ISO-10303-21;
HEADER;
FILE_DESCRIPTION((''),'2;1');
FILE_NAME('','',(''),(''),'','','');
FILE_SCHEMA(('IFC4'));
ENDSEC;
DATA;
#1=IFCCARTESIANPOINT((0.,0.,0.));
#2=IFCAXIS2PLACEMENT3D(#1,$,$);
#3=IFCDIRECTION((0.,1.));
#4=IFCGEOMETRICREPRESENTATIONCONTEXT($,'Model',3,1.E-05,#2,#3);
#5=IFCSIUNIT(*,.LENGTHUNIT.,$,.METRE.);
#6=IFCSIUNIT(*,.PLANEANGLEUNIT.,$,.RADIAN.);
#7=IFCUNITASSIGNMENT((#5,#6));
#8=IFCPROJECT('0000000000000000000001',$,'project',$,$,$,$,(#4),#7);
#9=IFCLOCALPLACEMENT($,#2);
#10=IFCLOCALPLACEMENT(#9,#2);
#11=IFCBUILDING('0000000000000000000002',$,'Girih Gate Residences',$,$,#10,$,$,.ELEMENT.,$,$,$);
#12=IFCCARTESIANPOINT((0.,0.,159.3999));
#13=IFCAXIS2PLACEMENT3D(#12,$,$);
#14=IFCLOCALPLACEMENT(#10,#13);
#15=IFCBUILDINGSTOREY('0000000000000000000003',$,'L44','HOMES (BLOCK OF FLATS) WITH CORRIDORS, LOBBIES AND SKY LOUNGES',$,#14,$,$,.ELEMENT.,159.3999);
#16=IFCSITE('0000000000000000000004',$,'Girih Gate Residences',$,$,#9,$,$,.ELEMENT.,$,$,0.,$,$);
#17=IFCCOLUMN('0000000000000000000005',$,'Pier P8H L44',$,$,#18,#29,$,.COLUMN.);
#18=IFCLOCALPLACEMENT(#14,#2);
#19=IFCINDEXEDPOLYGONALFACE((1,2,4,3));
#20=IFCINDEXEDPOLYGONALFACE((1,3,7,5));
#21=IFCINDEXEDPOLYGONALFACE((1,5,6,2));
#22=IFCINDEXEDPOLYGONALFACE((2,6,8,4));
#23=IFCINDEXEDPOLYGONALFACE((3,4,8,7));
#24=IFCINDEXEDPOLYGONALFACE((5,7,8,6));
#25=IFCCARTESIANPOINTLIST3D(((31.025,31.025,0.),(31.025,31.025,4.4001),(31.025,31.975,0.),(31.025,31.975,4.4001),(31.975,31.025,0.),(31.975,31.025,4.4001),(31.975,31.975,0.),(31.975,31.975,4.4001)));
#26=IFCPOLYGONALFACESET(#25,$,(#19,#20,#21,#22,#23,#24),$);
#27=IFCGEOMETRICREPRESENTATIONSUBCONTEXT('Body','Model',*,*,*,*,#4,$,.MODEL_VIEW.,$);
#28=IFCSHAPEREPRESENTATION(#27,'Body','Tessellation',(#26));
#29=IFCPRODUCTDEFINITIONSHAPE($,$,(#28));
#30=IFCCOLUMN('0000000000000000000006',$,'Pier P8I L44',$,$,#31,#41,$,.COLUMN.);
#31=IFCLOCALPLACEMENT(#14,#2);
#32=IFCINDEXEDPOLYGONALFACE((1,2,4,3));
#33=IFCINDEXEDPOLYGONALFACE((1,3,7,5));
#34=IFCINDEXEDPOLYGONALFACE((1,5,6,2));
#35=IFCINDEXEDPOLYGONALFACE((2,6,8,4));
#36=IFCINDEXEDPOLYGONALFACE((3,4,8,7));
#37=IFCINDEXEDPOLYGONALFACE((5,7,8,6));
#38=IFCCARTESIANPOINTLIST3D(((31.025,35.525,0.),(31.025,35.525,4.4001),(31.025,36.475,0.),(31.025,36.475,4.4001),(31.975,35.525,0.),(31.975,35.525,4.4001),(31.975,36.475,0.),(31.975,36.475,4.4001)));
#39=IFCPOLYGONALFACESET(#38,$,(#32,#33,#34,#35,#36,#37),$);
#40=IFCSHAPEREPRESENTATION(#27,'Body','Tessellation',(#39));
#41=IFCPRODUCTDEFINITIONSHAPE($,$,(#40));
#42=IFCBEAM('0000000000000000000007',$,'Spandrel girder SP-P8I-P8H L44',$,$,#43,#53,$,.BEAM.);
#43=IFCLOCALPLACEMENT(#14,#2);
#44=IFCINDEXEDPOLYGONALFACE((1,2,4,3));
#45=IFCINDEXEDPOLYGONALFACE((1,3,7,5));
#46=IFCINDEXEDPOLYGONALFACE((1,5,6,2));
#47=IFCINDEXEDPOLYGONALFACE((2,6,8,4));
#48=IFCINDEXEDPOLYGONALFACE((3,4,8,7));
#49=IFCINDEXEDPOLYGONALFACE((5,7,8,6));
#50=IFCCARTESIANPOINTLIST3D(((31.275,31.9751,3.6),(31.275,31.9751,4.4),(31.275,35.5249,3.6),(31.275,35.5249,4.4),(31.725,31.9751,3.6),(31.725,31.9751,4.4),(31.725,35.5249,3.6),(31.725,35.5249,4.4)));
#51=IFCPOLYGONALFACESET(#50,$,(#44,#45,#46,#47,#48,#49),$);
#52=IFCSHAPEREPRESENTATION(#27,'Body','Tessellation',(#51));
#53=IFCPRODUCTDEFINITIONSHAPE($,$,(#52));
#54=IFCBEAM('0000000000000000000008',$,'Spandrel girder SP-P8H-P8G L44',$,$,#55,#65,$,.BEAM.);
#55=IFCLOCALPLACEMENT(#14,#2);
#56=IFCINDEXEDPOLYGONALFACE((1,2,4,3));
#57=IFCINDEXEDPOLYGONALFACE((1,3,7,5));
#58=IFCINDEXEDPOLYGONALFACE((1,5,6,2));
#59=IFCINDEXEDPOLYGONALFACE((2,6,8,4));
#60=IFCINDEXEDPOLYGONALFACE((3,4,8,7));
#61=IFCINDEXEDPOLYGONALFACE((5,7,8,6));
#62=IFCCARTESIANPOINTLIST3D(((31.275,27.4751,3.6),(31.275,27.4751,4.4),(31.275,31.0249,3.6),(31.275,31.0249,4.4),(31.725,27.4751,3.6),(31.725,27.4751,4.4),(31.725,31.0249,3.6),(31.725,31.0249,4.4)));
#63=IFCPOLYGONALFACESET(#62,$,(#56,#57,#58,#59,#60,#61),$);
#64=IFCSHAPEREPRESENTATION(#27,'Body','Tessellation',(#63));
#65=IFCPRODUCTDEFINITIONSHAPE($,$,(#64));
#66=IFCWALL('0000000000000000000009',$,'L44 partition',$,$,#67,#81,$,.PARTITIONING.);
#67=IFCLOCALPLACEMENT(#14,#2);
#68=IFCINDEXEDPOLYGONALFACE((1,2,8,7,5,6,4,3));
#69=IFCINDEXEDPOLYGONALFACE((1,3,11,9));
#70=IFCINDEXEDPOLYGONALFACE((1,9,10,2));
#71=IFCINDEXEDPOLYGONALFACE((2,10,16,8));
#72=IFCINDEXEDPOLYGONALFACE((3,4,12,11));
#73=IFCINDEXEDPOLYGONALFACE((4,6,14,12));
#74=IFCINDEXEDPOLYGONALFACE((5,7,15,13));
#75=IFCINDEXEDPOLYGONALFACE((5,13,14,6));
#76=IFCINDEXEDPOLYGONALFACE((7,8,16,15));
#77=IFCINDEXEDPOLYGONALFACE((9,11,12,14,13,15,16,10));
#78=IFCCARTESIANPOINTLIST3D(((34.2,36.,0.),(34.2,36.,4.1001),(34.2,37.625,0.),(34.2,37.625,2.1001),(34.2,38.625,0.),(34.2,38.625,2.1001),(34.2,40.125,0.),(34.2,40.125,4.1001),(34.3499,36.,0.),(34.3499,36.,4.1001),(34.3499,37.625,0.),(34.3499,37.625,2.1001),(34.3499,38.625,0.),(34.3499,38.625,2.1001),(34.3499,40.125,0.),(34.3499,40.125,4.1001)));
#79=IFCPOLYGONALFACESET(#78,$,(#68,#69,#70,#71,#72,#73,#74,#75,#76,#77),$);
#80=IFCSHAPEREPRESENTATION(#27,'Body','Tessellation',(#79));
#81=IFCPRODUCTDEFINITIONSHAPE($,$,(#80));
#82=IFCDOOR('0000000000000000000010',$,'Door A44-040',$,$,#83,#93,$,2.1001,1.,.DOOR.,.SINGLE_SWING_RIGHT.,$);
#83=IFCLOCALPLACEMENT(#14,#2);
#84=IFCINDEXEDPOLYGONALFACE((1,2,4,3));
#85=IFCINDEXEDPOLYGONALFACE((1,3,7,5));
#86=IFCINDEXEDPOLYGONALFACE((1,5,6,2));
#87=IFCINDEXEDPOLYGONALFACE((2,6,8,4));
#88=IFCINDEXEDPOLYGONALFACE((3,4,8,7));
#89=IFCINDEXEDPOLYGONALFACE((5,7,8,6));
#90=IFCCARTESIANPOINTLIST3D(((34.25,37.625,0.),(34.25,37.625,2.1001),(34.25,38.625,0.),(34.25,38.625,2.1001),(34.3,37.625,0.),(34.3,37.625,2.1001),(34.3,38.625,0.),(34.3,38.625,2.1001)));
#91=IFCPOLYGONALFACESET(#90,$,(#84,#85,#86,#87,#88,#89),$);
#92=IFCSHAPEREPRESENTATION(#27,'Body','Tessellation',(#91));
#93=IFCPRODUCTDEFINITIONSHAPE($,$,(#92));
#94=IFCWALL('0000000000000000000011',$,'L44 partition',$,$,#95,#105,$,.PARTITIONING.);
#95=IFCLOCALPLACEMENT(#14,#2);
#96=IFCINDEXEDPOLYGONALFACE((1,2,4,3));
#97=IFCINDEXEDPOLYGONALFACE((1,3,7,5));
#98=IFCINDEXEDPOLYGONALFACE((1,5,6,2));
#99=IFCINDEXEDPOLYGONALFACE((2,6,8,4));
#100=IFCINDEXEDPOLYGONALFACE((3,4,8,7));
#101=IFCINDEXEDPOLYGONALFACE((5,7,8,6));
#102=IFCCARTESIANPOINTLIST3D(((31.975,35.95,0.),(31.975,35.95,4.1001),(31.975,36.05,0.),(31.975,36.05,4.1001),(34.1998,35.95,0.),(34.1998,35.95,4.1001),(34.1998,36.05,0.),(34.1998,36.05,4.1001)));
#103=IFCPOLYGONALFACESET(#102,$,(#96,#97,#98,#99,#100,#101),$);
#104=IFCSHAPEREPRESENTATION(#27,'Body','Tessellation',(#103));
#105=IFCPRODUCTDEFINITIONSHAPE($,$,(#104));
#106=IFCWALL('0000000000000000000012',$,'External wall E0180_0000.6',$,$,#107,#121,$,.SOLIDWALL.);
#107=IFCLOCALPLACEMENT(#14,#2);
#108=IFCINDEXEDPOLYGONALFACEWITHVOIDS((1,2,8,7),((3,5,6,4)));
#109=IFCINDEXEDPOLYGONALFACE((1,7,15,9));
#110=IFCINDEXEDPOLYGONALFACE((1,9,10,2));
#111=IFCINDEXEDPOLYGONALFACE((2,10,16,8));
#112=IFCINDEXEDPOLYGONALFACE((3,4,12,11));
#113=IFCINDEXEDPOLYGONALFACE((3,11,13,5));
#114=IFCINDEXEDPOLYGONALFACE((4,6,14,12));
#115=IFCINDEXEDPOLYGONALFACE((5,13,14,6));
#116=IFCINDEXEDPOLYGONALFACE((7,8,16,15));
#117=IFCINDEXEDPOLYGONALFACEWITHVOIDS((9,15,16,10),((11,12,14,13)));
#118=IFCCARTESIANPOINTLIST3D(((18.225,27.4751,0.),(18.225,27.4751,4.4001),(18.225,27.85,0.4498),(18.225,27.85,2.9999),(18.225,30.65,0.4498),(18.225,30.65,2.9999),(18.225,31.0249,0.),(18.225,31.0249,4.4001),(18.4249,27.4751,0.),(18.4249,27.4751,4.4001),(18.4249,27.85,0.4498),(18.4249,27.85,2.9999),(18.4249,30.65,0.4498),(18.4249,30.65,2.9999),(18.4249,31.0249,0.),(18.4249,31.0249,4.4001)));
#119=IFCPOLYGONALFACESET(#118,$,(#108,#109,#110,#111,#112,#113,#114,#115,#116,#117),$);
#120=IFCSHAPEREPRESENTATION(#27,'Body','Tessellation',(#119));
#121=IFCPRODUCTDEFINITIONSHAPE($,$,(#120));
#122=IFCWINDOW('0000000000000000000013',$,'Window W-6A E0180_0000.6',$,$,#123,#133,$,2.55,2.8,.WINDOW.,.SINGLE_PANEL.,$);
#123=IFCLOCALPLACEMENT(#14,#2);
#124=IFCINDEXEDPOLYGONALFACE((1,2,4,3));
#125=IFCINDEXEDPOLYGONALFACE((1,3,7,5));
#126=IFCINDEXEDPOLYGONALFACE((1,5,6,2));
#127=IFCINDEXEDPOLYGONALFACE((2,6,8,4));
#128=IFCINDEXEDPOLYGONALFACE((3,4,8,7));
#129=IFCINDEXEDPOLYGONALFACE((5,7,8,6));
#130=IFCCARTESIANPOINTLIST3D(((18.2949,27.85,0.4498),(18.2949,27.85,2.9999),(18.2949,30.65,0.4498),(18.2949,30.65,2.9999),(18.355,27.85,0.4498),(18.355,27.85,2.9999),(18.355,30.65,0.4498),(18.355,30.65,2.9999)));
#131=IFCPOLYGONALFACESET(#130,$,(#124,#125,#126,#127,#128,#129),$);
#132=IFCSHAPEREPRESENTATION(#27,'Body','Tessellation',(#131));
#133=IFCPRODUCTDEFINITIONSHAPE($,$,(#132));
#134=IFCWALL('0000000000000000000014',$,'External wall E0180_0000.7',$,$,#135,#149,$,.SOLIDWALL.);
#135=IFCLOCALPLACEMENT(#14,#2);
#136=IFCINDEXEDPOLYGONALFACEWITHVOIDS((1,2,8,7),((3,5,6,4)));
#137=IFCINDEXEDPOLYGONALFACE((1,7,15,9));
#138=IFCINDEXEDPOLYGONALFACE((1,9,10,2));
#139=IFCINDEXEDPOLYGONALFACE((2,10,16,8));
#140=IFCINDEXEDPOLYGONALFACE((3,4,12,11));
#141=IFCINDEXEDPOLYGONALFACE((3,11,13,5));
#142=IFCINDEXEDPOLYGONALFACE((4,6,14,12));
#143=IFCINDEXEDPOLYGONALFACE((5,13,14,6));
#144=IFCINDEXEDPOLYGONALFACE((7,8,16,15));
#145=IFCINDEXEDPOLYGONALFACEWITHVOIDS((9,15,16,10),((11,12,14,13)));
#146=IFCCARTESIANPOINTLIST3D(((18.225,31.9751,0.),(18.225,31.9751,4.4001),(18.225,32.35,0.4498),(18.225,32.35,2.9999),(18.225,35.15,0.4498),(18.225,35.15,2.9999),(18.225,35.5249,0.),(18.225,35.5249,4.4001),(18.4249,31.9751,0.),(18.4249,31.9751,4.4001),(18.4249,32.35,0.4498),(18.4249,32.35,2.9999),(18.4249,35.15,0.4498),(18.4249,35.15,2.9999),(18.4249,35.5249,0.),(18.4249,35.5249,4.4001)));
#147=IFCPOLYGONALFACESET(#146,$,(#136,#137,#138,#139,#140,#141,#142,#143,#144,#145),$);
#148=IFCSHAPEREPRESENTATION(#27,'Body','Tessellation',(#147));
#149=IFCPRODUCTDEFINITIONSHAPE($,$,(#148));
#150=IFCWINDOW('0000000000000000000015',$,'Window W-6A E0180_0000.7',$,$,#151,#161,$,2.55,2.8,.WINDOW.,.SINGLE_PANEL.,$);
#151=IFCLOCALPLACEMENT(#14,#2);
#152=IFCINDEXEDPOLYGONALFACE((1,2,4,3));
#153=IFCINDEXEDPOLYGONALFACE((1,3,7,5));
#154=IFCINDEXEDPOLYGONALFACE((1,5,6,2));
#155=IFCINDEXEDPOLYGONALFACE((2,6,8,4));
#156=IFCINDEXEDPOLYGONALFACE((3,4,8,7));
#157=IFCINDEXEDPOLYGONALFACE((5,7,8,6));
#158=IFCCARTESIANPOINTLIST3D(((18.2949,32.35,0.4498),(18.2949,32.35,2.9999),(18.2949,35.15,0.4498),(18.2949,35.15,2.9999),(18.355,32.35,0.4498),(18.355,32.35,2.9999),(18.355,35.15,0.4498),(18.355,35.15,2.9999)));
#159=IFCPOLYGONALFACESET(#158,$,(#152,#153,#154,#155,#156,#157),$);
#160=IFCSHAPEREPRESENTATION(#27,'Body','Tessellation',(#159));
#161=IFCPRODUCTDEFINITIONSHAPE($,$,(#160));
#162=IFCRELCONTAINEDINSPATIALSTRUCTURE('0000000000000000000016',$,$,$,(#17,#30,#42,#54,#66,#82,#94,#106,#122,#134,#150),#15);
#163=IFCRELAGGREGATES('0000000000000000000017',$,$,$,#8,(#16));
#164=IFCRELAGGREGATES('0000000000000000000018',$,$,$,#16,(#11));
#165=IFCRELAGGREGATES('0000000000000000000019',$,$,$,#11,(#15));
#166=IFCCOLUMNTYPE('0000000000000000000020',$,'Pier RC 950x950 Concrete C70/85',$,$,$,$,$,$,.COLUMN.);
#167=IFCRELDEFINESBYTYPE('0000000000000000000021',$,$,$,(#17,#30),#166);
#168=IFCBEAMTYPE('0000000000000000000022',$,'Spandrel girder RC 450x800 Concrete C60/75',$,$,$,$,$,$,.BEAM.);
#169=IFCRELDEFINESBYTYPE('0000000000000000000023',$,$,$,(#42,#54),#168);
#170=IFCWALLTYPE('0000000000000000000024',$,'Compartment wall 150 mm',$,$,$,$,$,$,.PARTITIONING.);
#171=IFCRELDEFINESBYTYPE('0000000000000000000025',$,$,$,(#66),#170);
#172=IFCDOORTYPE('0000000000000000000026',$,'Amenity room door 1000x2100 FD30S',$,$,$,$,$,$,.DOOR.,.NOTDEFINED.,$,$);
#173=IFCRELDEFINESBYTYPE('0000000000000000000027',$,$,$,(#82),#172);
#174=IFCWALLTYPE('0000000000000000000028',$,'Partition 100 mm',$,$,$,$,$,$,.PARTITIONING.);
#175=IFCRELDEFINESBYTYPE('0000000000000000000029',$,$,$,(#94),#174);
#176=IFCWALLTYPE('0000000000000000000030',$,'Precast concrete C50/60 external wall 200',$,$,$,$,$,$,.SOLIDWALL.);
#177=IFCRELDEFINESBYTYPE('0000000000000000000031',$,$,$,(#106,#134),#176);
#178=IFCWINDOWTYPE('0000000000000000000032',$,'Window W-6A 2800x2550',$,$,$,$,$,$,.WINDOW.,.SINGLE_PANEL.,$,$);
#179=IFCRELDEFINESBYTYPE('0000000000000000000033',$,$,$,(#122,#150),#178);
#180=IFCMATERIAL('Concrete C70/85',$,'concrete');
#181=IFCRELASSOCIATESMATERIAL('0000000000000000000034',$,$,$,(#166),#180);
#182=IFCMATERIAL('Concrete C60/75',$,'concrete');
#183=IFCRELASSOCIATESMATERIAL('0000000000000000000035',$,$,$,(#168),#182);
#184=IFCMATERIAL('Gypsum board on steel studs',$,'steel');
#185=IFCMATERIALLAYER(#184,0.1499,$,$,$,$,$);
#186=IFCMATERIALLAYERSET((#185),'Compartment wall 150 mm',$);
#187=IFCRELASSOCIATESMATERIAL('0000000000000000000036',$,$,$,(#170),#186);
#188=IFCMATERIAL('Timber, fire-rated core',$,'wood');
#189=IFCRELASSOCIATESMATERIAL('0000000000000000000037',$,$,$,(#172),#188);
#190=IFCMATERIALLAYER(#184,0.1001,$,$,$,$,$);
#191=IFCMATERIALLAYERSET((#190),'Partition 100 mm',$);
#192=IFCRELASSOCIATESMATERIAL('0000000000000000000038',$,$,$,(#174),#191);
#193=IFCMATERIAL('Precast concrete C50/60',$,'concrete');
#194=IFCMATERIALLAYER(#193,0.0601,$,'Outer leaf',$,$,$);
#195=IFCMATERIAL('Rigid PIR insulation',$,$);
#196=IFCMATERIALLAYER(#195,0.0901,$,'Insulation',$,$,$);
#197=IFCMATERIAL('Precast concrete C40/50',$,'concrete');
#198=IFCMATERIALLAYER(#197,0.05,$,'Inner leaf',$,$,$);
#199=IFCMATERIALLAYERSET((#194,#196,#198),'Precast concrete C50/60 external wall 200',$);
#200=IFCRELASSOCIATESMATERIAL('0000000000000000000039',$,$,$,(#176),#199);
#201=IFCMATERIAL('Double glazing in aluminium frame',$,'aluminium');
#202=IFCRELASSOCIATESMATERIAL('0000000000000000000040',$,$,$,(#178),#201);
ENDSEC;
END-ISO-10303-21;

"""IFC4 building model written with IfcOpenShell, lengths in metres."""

from ifc_helpers import new_model, si_unit, direction, frame, frame_2d, origin, origin_2d, place, context, subcontext, project, spatial, rectangle, extrude, material, layer, layer_set, material_profile, profile_set, type_object, element, fill, save


model = new_model("IFC4")

# Units and contexts
model_context = context("Model", 3, precision=1e-05, world=origin(), true_north=direction((0.0, 1.0)))
body_context = subcontext(model_context, "Body", "Model", "MODEL_VIEW")
ifc_project = project(units=[si_unit("LENGTHUNIT", "METRE"), si_unit("PLANEANGLEUNIT", "RADIAN")], contexts=[model_context])

# Site, building, storey
site_placement = place(None, origin())
site = spatial("IfcSite", under=ifc_project, at=site_placement, Name="Girih Gate Residences", CompositionType="ELEMENT", RefElevation=0.0)
building_placement = place(site_placement, origin())
building = spatial("IfcBuilding", under=site, at=building_placement, Name="Girih Gate Residences", CompositionType="ELEMENT")
storey_placement = place(building_placement, frame((0.0, 0.0, 159.3999)))
storey = spatial("IfcBuildingStorey", under=building, at=storey_placement, Name="L44", Description="HOMES (BLOCK OF FLATS) WITH CORRIDORS, LOBBIES AND SKY LOUNGES", CompositionType="ELEMENT", Elevation=159.3999)

# Columns
ifc_material_1 = material(Name="Concrete C70/85", Category="concrete")
ifc_material_profile_1 = material_profile(ifc_material_1, rectangle(XDim=0.95, YDim=0.95, at=origin_2d()))
ifc_profile_set_1 = profile_set([ifc_material_profile_1], Name="Concrete C70/85")
column_type = type_object("IfcColumnType", Name="Pier RC 950x950 Concrete C70/85", PredefinedType="COLUMN", material=ifc_profile_set_1)
for number, where, z_axis, x_axis, name in (
    (1, (31.5, 31.5, 0.0), (0.0, 0.0, 1.0), (1.0, 0.0, 0.0), "Pier P8H L44"),
    (2, (31.5, 36.0, 0.0), (0.0, 0.0, 1.0), (1.0, 0.0, 0.0), "Pier P8I L44"),
):
    element("IfcColumn", number, at=place(storey_placement, frame(where, z_axis=z_axis, x_axis=x_axis)), inside=storey, type_object=column_type, Name=name, PredefinedType="COLUMN", context=body_context, shape_type="SweptSolid", body=[
        extrude(rectangle(XDim=0.95, YDim=0.95, at=origin_2d()), origin(), (0.0, 0.0, 1.0), 4.4001),
    ])

# Beams
ifc_material_2 = material(Name="Concrete C60/75", Category="concrete")
ifc_material_profile_2 = material_profile(ifc_material_2, rectangle(XDim=0.45, YDim=0.8, at=origin_2d()))
ifc_profile_set_2 = profile_set([ifc_material_profile_2], Name="Concrete C60/75")
beam_type = type_object("IfcBeamType", Name="Spandrel girder RC 450x800 Concrete C60/75", PredefinedType="BEAM", material=ifc_profile_set_2)
for number, where, z_axis, x_axis, name in (
    (3, (31.5, 35.5249, 4.0), (0.0, -1.0, 0.0), (1.0, 0.0, 0.0), "Spandrel girder SP-P8I-P8H L44"),
    (4, (31.5, 31.0249, 4.0), (0.0, -1.0, 0.0), (1.0, 0.0, 0.0), "Spandrel girder SP-P8H-P8G L44"),
):
    element("IfcBeam", number, at=place(storey_placement, frame(where, z_axis=z_axis, x_axis=x_axis)), inside=storey, type_object=beam_type, Name=name, PredefinedType="BEAM", context=body_context, shape_type="SweptSolid", body=[
        extrude(rectangle(XDim=0.45, YDim=0.8, at=origin_2d()), origin(), (0.0, 0.0, 1.0), 3.5498),
    ])

# Wall, opening, door
ifc_material_3 = material(Name="Gypsum board on steel studs", Category="steel")
ifc_layer_1 = layer(ifc_material_3, 0.1499)
ifc_layer_set_1 = layer_set([ifc_layer_1], Name="Compartment wall 150 mm")
wall_type_1 = type_object("IfcWallType", Name="Compartment wall 150 mm", PredefinedType="PARTITIONING", material=ifc_layer_set_1)
wall_1_placement = place(storey_placement, frame((34.2749, 36.0, 0.0), z_axis=(0.0, 0.0, 1.0), x_axis=(0.0, 1.0, 0.0)))
wall_1 = element("IfcWall", 5, at=wall_1_placement, inside=storey, type_object=wall_type_1, Name="L44 partition", PredefinedType="PARTITIONING", context=body_context, shape_type="SweptSolid", body=[
    extrude(rectangle(XDim=4.125, YDim=0.1499, at=frame_2d((2.0625, 0.0))), origin(), (0.0, 0.0, 1.0), 4.1001),
])
opening_1_placement = place(wall_1_placement, frame((1.625, 0.0, 0.0)))
opening_1 = element("IfcOpeningElement", 6, at=opening_1_placement, cuts=wall_1, PredefinedType="OPENING", context=body_context, shape_type="SweptSolid", body=[
    extrude(rectangle(XDim=1.0, YDim=2.1001, at=frame_2d((0.5, 1.05))), frame((0.0, 0.085, 0.0), z_axis=(0.0, -1.0, 0.0), x_axis=(1.0, 0.0, 0.0)), (0.0, 0.0, 1.0), 0.1699),
])
ifc_material_4 = material(Name="Timber, fire-rated core", Category="wood")
door_type = type_object("IfcDoorType", Name="Amenity room door 1000x2100 FD30S", OperationType="NOTDEFINED", PredefinedType="DOOR", material=ifc_material_4)
door_placement = place(opening_1_placement, origin())
door = element("IfcDoor", 7, at=door_placement, inside=storey, type_object=door_type, Name="Door A44-040", OperationType="SINGLE_SWING_RIGHT", OverallHeight=2.1001, OverallWidth=1.0, PredefinedType="DOOR", context=body_context, shape_type="SweptSolid", body=[
    extrude(rectangle(XDim=1.0, YDim=2.1001, at=frame_2d((0.5, 1.05))), frame((0.0, 0.0249, 0.0), z_axis=(0.0, -1.0, 0.0), x_axis=(1.0, 0.0, 0.0)), (0.0, 0.0, 1.0), 0.05),
])
fill(opening_1, door)

# Wall
ifc_layer_2 = layer(ifc_material_3, 0.1001)
ifc_layer_set_2 = layer_set([ifc_layer_2], Name="Partition 100 mm")
wall_type_2 = type_object("IfcWallType", Name="Partition 100 mm", PredefinedType="PARTITIONING", material=ifc_layer_set_2)
wall_2_placement = place(storey_placement, frame((31.9751, 36.0, 0.0), z_axis=(0.0, 0.0, 1.0), x_axis=(1.0, 0.0, 0.0)))
element("IfcWall", 8, at=wall_2_placement, inside=storey, type_object=wall_type_2, Name="L44 partition", PredefinedType="PARTITIONING", context=body_context, shape_type="SweptSolid", body=[
    extrude(rectangle(XDim=2.2249, YDim=0.1001, at=frame_2d((1.1123, 0.0))), origin(), (0.0, 0.0, 1.0), 4.1001),
])

# Walls, openings, windows
ifc_material_5 = material(Name="Precast concrete C50/60", Category="concrete")
ifc_layer_3 = layer(ifc_material_5, 0.0601, Name="Outer leaf")
ifc_material_6 = material(Name="Rigid PIR insulation")
ifc_layer_4 = layer(ifc_material_6, 0.0901, Name="Insulation")
ifc_material_7 = material(Name="Precast concrete C40/50", Category="concrete")
ifc_layer_5 = layer(ifc_material_7, 0.05, Name="Inner leaf")
ifc_layer_set_3 = layer_set([ifc_layer_3, ifc_layer_4, ifc_layer_5], Name="Precast concrete C50/60 external wall 200")
wall_type_3 = type_object("IfcWallType", Name="Precast concrete C50/60 external wall 200", PredefinedType="SOLIDWALL", material=ifc_layer_set_3)
wall_3_placement = place(storey_placement, frame((18.325, 31.0249, 0.0), z_axis=(0.0, 0.0, 1.0), x_axis=(0.0, -1.0, 0.0)))
wall_3 = element("IfcWall", 9, at=wall_3_placement, inside=storey, type_object=wall_type_3, Name="External wall E0180_0000.6", PredefinedType="SOLIDWALL", context=body_context, shape_type="SweptSolid", body=[
    extrude(rectangle(XDim=3.5498, YDim=0.2, at=frame_2d((1.7749, 0.0))), origin(), (0.0, 0.0, 1.0), 4.4001),
])
opening_2_placement = place(wall_3_placement, frame((0.375, 0.0, 0.45)))
opening_2 = element("IfcOpeningElement", 10, at=opening_2_placement, cuts=wall_3, PredefinedType="OPENING", context=body_context, shape_type="SweptSolid", body=[
    extrude(rectangle(XDim=2.8, YDim=2.55, at=frame_2d((1.3999, 1.2749))), frame((0.0, 0.1099, 0.0), z_axis=(0.0, -1.0, 0.0), x_axis=(1.0, 0.0, 0.0)), (0.0, 0.0, 1.0), 0.22),
])
ifc_material_8 = material(Name="Double glazing in aluminium frame", Category="aluminium")
window_type = type_object("IfcWindowType", Name="Window W-6A 2800x2550", PartitioningType="SINGLE_PANEL", PredefinedType="WINDOW", material=ifc_material_8)
window_1_placement = place(opening_2_placement, origin())
window_1 = element("IfcWindow", 11, at=window_1_placement, inside=storey, type_object=window_type, Name="Window W-6A E0180_0000.6", OverallHeight=2.55, OverallWidth=2.8, PartitioningType="SINGLE_PANEL", PredefinedType="WINDOW", context=body_context, shape_type="SweptSolid", body=[
    extrude(rectangle(XDim=2.8, YDim=2.55, at=frame_2d((1.3999, 1.2749))), frame((0.0, 0.03, 0.0), z_axis=(0.0, -1.0, 0.0), x_axis=(1.0, 0.0, 0.0)), (0.0, 0.0, 1.0), 0.0601),
])
fill(opening_2, window_1)
wall_4_placement = place(storey_placement, frame((18.325, 35.5249, 0.0), z_axis=(0.0, 0.0, 1.0), x_axis=(0.0, -1.0, 0.0)))
wall_4 = element("IfcWall", 12, at=wall_4_placement, inside=storey, type_object=wall_type_3, Name="External wall E0180_0000.7", PredefinedType="SOLIDWALL", context=body_context, shape_type="SweptSolid", body=[
    extrude(rectangle(XDim=3.5498, YDim=0.2, at=frame_2d((1.7749, 0.0))), origin(), (0.0, 0.0, 1.0), 4.4001),
])
opening_3_placement = place(wall_4_placement, frame((0.375, 0.0, 0.45)))
opening_3 = element("IfcOpeningElement", 13, at=opening_3_placement, cuts=wall_4, PredefinedType="OPENING", context=body_context, shape_type="SweptSolid", body=[
    extrude(rectangle(XDim=2.8, YDim=2.55, at=frame_2d((1.3999, 1.2749))), frame((0.0, 0.1099, 0.0), z_axis=(0.0, -1.0, 0.0), x_axis=(1.0, 0.0, 0.0)), (0.0, 0.0, 1.0), 0.22),
])
window_2_placement = place(opening_3_placement, origin())
window_2 = element("IfcWindow", 14, at=window_2_placement, inside=storey, type_object=window_type, Name="Window W-6A E0180_0000.7", OverallHeight=2.55, OverallWidth=2.8, PartitioningType="SINGLE_PANEL", PredefinedType="WINDOW", context=body_context, shape_type="SweptSolid", body=[
    extrude(rectangle(XDim=2.8, YDim=2.55, at=frame_2d((1.3999, 1.2749))), frame((0.0, 0.03, 0.0), z_axis=(0.0, -1.0, 0.0), x_axis=(1.0, 0.0, 0.0)), (0.0, 0.0, 1.0), 0.0601),
])
fill(opening_3, window_2)

save(model, "model.ifc")
